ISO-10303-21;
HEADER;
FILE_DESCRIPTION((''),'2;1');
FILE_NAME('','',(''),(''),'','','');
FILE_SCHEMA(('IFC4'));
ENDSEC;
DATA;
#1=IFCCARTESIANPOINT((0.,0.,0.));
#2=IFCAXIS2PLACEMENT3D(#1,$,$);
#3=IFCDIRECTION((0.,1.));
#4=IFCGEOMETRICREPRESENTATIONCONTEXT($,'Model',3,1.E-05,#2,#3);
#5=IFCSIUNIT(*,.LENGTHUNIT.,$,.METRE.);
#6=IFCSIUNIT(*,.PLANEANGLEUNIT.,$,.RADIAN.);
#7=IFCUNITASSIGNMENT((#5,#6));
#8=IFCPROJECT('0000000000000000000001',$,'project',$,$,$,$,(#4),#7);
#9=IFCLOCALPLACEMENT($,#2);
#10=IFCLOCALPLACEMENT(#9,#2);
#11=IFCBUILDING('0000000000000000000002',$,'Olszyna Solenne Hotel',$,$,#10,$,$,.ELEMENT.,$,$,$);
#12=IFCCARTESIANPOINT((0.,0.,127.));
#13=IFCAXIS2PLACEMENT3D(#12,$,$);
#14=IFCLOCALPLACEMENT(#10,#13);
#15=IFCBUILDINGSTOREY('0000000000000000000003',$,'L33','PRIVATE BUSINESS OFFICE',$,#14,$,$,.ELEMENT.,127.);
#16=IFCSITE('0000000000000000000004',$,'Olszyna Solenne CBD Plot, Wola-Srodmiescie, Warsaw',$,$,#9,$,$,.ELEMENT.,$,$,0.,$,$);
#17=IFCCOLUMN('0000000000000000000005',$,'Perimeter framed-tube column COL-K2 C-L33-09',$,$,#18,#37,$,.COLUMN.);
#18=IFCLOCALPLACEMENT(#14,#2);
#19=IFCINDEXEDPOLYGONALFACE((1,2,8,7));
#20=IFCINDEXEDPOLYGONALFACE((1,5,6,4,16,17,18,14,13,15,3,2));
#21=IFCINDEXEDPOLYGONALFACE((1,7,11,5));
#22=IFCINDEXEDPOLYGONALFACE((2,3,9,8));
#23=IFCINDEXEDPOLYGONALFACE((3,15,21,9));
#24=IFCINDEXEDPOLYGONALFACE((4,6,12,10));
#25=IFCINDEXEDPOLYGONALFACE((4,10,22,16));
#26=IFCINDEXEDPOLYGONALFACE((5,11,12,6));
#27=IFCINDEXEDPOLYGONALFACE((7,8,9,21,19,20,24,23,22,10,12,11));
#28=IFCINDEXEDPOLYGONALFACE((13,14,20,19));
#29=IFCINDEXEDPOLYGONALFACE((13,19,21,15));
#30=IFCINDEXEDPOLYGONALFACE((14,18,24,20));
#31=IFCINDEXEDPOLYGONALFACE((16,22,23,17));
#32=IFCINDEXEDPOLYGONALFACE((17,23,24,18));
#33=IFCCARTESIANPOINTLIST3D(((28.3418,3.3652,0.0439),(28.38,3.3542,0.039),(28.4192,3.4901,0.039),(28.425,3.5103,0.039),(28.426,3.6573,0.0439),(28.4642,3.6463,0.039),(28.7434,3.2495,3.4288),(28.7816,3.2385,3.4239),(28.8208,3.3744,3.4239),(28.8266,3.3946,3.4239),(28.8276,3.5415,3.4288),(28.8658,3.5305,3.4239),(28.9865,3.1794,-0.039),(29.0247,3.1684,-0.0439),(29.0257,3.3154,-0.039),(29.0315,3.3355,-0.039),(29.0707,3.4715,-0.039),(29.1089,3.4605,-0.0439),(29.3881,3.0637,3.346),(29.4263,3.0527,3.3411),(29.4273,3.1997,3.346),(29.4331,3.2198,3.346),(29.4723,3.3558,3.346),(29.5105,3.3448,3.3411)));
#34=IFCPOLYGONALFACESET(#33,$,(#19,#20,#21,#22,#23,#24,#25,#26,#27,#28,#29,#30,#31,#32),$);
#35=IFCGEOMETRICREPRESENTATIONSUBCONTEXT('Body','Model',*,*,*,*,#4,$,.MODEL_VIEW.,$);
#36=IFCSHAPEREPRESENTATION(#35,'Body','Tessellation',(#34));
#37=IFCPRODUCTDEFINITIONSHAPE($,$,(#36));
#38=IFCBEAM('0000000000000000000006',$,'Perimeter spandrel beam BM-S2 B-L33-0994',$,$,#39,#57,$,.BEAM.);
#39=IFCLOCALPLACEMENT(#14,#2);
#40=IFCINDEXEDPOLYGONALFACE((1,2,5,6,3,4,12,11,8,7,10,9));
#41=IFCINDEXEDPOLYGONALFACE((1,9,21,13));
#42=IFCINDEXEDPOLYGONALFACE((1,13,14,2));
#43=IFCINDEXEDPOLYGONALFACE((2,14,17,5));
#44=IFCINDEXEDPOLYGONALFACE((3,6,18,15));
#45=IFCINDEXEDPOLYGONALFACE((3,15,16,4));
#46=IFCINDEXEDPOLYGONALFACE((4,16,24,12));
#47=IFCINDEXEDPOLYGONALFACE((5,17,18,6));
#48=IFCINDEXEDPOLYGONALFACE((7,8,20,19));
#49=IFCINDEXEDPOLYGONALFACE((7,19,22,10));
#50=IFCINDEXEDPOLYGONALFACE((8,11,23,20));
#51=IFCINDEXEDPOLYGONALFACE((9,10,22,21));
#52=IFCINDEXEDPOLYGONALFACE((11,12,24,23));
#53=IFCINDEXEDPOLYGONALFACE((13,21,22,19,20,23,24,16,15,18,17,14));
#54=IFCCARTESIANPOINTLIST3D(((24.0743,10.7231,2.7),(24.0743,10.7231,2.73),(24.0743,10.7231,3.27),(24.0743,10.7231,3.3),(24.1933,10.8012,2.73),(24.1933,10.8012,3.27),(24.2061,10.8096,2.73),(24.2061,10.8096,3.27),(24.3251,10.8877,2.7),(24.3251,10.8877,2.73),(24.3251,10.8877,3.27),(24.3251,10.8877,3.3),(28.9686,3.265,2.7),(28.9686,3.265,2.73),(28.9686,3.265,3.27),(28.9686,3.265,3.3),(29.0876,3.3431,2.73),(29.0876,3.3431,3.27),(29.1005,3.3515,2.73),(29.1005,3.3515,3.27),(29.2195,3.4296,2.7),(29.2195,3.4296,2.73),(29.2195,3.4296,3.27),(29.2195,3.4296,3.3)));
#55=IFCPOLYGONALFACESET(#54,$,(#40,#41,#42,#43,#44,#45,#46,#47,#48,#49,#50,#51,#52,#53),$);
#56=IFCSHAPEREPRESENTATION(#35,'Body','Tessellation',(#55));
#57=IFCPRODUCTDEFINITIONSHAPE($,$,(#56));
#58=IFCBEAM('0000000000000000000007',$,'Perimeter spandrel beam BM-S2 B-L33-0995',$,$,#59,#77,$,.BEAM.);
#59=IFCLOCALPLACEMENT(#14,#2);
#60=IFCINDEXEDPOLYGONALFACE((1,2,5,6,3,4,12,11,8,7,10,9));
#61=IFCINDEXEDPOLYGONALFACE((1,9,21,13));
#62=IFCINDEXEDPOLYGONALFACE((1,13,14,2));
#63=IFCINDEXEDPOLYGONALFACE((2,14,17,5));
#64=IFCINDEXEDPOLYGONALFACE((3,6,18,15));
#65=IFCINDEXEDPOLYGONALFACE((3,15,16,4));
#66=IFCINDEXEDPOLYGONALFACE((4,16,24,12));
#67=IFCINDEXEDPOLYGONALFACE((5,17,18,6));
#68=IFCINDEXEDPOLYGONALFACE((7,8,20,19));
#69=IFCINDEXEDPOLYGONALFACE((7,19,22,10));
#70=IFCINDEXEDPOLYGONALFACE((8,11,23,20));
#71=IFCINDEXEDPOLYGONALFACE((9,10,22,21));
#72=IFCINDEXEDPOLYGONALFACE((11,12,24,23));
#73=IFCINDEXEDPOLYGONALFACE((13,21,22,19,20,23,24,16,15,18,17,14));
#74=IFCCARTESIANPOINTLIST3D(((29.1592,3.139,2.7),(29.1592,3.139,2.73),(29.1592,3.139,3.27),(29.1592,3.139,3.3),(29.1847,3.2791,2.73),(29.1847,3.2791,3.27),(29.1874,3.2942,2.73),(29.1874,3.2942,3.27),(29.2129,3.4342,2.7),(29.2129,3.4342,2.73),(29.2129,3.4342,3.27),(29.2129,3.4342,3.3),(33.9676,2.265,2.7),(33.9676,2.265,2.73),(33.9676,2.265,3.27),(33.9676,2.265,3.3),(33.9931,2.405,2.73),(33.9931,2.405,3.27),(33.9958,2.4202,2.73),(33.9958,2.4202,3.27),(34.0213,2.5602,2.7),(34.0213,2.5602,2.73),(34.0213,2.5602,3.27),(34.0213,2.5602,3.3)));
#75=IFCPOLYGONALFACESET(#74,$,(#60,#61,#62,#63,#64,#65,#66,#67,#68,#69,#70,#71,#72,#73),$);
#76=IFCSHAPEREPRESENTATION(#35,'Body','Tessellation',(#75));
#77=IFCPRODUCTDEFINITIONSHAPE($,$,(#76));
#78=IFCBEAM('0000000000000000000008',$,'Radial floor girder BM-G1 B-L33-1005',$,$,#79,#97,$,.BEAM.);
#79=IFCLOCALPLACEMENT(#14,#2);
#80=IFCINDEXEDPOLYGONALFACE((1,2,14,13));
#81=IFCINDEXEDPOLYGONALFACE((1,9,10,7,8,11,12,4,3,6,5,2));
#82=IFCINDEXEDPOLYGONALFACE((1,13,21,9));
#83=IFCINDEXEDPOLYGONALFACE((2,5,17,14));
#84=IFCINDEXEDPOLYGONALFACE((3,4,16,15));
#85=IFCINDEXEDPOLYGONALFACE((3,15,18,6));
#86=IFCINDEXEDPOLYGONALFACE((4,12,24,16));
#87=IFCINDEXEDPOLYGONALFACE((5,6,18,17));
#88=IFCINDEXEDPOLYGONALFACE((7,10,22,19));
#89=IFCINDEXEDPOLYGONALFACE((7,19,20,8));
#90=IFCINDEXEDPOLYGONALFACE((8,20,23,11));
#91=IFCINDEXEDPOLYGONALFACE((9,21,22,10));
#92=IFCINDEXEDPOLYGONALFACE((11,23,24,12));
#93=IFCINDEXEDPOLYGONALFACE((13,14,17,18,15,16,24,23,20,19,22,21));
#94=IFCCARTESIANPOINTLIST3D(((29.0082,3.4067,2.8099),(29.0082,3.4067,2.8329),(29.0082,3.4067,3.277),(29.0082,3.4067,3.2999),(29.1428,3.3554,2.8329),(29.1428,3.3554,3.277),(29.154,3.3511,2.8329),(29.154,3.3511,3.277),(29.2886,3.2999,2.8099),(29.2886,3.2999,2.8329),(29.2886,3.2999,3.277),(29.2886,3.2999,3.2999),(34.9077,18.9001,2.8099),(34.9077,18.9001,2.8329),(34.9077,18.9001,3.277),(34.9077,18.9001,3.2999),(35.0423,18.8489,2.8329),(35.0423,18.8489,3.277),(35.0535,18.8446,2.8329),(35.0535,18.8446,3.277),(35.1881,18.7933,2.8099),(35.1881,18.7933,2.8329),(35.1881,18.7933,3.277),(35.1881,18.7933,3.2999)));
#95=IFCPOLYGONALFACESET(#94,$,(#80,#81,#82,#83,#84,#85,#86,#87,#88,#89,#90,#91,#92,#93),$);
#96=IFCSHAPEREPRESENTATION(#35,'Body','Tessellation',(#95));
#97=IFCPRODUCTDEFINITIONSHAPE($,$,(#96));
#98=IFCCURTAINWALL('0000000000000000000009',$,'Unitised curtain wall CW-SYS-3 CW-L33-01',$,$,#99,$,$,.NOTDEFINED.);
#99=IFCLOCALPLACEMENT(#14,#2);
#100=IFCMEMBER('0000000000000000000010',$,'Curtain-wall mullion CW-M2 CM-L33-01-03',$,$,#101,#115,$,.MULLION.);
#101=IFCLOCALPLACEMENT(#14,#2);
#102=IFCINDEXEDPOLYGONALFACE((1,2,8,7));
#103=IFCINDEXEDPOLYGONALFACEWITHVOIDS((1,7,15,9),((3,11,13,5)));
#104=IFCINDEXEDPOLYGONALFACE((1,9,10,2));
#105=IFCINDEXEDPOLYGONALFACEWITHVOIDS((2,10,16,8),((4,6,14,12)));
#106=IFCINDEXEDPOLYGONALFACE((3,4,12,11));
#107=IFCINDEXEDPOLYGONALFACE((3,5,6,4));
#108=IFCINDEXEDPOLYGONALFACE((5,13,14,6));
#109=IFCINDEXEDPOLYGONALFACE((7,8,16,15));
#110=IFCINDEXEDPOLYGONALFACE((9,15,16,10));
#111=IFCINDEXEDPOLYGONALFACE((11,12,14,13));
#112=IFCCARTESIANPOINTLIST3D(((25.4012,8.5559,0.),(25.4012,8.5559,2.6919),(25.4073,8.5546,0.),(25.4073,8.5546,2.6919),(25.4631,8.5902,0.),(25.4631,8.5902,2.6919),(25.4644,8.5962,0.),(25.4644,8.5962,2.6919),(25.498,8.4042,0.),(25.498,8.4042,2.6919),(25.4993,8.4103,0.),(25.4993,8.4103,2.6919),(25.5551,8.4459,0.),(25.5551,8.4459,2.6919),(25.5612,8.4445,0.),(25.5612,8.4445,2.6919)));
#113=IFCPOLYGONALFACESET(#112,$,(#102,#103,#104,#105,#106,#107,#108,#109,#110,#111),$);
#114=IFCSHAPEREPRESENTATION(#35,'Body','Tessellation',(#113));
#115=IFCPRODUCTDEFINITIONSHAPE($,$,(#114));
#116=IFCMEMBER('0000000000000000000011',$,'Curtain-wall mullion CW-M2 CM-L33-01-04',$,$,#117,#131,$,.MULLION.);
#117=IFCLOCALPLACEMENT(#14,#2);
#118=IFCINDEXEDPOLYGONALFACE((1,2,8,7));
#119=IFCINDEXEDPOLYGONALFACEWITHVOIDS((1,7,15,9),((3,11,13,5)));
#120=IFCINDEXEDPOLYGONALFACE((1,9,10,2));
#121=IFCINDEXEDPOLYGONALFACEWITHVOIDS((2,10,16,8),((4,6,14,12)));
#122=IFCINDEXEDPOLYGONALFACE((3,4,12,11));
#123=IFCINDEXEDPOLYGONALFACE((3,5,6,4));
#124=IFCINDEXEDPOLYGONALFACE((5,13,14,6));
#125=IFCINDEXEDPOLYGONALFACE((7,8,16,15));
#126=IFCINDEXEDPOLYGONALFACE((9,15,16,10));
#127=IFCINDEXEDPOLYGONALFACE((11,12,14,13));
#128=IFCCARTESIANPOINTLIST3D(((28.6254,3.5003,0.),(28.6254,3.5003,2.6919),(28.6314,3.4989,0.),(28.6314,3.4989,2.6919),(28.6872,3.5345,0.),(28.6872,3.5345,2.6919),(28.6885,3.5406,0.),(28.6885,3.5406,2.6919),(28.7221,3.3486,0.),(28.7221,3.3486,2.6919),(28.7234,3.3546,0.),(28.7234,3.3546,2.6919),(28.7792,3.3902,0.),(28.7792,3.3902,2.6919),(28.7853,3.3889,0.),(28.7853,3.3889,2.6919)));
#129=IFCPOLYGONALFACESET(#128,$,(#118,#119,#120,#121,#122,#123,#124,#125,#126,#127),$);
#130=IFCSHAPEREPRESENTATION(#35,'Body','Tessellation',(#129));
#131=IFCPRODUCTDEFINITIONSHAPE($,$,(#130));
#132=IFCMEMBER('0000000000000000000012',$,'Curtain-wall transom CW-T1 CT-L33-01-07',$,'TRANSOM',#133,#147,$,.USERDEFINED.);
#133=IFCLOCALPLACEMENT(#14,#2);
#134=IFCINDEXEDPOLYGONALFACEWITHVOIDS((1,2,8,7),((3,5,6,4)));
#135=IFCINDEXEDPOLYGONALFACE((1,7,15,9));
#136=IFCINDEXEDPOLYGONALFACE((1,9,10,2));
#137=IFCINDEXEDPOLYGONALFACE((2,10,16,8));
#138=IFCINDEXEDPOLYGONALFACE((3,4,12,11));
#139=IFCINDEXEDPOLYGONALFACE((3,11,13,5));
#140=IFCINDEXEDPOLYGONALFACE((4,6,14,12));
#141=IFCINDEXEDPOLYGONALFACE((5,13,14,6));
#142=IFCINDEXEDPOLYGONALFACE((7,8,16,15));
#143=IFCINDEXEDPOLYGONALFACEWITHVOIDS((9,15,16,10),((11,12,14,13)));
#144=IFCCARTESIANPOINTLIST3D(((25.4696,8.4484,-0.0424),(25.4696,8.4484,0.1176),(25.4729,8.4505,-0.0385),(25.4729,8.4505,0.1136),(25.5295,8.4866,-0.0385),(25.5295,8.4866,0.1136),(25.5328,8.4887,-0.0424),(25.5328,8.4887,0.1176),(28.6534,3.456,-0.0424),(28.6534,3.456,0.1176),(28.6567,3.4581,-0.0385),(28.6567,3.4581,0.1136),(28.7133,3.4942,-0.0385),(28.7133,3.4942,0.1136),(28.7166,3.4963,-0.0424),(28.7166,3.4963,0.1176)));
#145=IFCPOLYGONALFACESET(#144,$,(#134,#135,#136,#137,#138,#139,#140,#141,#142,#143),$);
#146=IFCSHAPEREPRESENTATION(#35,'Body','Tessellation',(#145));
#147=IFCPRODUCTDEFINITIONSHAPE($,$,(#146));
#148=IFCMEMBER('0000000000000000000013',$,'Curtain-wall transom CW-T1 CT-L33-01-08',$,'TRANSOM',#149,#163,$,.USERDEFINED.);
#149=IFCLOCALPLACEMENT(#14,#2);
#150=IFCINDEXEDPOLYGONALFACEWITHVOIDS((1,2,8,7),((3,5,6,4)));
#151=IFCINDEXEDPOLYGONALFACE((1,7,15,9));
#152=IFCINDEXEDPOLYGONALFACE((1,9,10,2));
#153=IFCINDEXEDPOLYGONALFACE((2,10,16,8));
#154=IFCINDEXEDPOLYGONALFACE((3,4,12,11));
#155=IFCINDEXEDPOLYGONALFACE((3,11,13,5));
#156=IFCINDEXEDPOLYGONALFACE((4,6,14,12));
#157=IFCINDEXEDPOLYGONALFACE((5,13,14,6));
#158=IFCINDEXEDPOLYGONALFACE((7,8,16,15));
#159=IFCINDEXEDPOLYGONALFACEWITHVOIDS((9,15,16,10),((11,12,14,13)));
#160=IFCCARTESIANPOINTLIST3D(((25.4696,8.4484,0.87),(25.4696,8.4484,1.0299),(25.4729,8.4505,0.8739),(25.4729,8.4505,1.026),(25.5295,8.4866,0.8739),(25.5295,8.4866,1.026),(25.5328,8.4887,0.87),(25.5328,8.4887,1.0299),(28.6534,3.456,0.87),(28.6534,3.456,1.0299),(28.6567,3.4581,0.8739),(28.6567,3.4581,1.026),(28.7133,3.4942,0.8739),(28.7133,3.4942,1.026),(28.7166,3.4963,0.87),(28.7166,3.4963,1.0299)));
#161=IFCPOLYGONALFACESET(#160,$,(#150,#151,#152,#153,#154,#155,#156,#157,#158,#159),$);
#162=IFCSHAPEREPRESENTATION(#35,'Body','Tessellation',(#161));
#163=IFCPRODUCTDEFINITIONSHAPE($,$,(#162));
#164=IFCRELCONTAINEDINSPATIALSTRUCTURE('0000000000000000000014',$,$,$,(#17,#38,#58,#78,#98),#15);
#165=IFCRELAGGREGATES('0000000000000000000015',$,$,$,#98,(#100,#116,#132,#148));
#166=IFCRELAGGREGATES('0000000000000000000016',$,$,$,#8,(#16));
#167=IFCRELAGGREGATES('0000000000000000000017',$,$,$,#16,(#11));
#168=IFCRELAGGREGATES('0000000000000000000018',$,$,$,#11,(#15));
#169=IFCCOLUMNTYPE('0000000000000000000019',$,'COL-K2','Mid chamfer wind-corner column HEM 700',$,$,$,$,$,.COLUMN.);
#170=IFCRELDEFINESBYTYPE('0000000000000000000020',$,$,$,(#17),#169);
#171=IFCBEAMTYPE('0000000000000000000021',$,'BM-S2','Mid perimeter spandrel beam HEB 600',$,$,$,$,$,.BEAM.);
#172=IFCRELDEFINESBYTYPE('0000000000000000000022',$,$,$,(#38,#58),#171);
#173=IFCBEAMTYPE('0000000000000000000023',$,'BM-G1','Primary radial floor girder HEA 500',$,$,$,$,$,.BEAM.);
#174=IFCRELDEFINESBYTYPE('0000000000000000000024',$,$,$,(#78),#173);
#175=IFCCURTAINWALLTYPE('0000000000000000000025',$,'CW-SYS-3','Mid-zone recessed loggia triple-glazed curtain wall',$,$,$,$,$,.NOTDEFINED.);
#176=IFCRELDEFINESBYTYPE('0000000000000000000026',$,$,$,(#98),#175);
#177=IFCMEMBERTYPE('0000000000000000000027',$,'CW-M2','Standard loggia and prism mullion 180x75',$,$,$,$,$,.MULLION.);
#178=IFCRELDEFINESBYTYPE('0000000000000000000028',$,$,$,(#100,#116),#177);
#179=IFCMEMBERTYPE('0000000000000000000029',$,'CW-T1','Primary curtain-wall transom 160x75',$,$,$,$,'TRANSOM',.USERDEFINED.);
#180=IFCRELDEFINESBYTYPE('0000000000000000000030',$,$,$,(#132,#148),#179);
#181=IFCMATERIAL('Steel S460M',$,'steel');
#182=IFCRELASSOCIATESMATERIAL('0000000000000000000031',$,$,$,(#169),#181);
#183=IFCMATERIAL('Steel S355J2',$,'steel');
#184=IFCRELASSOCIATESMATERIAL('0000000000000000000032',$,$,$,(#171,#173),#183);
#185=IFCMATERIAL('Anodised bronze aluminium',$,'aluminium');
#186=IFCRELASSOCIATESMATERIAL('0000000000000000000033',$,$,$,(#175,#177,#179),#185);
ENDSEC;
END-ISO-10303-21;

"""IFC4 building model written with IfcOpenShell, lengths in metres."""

from ifc_helpers import new_model, si_unit, direction, frame, origin, origin_2d, place, context, subcontext, project, spatial, hollow_rectangle, i_section, extrude, source, transform, mapped, material, material_profile, profile_set, type_object, element, aggregate, save


model = new_model("IFC4")

# Units and contexts
model_context = context("Model", 3, precision=1e-05, world=origin(), true_north=direction((0.0, 1.0)))
body_context = subcontext(model_context, "Body", "Model", "MODEL_VIEW")
ifc_project = project(units=[si_unit("LENGTHUNIT", "METRE"), si_unit("PLANEANGLEUNIT", "RADIAN")], contexts=[model_context])

# Site, building, storey
site_placement = place(None, origin())
site = spatial("IfcSite", under=ifc_project, at=site_placement, Name="Olszyna Solenne CBD Plot, Wola-Srodmiescie, Warsaw", CompositionType="ELEMENT", RefElevation=0.0)
building_placement = place(site_placement, origin())
building = spatial("IfcBuilding", under=site, at=building_placement, Name="Olszyna Solenne Hotel", CompositionType="ELEMENT")
storey_placement = place(building_placement, frame((0.0, 0.0, 127.0)))
storey = spatial("IfcBuildingStorey", under=building, at=storey_placement, Name="L33", Description="PRIVATE BUSINESS OFFICE", CompositionType="ELEMENT", Elevation=127.0)

# Column
ifc_material_1 = material(Name="Steel S460M", Category="steel")
ifc_material_profile_1 = material_profile(ifc_material_1, i_section(OverallWidth=0.304, OverallDepth=0.7161, WebThickness=0.021, FlangeThickness=0.04, at=origin_2d()), Name="HEM 700", Category="load-bearing")
ifc_profile_set_1 = profile_set([ifc_material_profile_1], Name="Steel S460M")
column_type = type_object("IfcColumnType", Name="COL-K2", Description="Mid chamfer wind-corner column HEM 700", PredefinedType="COLUMN", material=ifc_profile_set_1)
shared_shape_1 = source(origin(), body_context, "Body", "SweptSolid", [
    extrude(i_section(OverallWidth=0.304, OverallDepth=0.7161, WebThickness=0.021, FlangeThickness=0.04, at=origin_2d()), origin(), (0.0, 0.0, 1.0), 3.4106),
])
column_placement = place(storey_placement, frame((28.7253, 3.4128, 0.0), z_axis=(0.11775, -0.033929, 0.992463), x_axis=(0.276881, 0.960904, 0.0)))
element("IfcColumn", 1, at=column_placement, inside=storey, type_object=column_type, Name="Perimeter framed-tube column COL-K2 C-L33-09", PredefinedType="COLUMN", context=body_context, shape_type="MappedRepresentation", body=[
    mapped(shared_shape_1, transform((0.0, 0.0, 0.0), x_axis=(1.0, 0.0, 0.0), y_axis=(0.0, 1.0, 0.0), z_axis=(0.0, 0.0, 1.0), scale=1.0)),
])

# Beams
ifc_material_2 = material(Name="Steel S355J2", Category="steel")
ifc_material_profile_2 = material_profile(ifc_material_2, i_section(OverallWidth=0.3, OverallDepth=0.6001, WebThickness=0.0154, FlangeThickness=0.03, at=origin_2d()), Name="HEB 600", Category="load-bearing")
ifc_profile_set_2 = profile_set([ifc_material_profile_2], Name="Steel S355J2")
beam_type_1 = type_object("IfcBeamType", Name="BM-S2", Description="Mid perimeter spandrel beam HEB 600", PredefinedType="BEAM", material=ifc_profile_set_2)
shared_shape_2 = source(origin(), body_context, "Body", "SweptSolid", [
    extrude(i_section(OverallWidth=0.3, OverallDepth=0.6001, WebThickness=0.0154, FlangeThickness=0.03, at=origin_2d()), origin(), (0.0, 0.0, 1.0), 8.9207),
])
beam_1_placement = place(storey_placement, frame((24.1997, 10.8054, 3.0), z_axis=(0.548654, -0.836049, 0.0), x_axis=(0.836049, 0.548654, 0.0)))
element("IfcBeam", 2, at=beam_1_placement, inside=storey, type_object=beam_type_1, Name="Perimeter spandrel beam BM-S2 B-L33-0994", PredefinedType="BEAM", context=body_context, shape_type="MappedRepresentation", body=[
    mapped(shared_shape_2, transform((0.0, 0.0, 0.0), x_axis=(1.0, 0.0, 0.0), y_axis=(0.0, 1.0, 0.0), z_axis=(0.0, 0.0, 1.0), scale=1.0)),
])
shared_shape_3 = source(origin(), body_context, "Body", "SweptSolid", [
    extrude(i_section(OverallWidth=0.3, OverallDepth=0.6001, WebThickness=0.0154, FlangeThickness=0.03, at=origin_2d()), origin(), (0.0, 0.0, 1.0), 4.8872),
])
beam_2_placement = place(storey_placement, frame((29.186, 3.2866, 3.0), z_axis=(0.983878, -0.178841, 0.0), x_axis=(0.178841, 0.983878, 0.0)))
element("IfcBeam", 3, at=beam_2_placement, inside=storey, type_object=beam_type_1, Name="Perimeter spandrel beam BM-S2 B-L33-0995", PredefinedType="BEAM", context=body_context, shape_type="MappedRepresentation", body=[
    mapped(shared_shape_3, transform((0.0, 0.0, 0.0), x_axis=(1.0, 0.0, 0.0), y_axis=(0.0, 1.0, 0.0), z_axis=(0.0, 0.0, 1.0), scale=1.0)),
])
ifc_material_profile_3 = material_profile(ifc_material_2, i_section(OverallWidth=0.3, OverallDepth=0.49, WebThickness=0.012, FlangeThickness=0.0229, at=origin_2d()), Name="HEA 500", Category="load-bearing")
ifc_profile_set_3 = profile_set([ifc_material_profile_3], Name="Steel S355J2")
beam_type_2 = type_object("IfcBeamType", Name="BM-G1", Description="Primary radial floor girder HEA 500", PredefinedType="BEAM", material=ifc_profile_set_3)
shared_shape_4 = source(origin(), body_context, "Body", "SweptSolid", [
    extrude(i_section(OverallWidth=0.3, OverallDepth=0.49, WebThickness=0.012, FlangeThickness=0.0229, at=origin_2d()), origin(), (0.0, 0.0, 1.0), 16.5786),
])
beam_3_placement = place(storey_placement, frame((29.1484, 3.3533, 3.0549), z_axis=(0.355846, 0.934545, 0.0), x_axis=(-0.934545, 0.355846, 0.0)))
element("IfcBeam", 4, at=beam_3_placement, inside=storey, type_object=beam_type_2, Name="Radial floor girder BM-G1 B-L33-1005", PredefinedType="BEAM", context=body_context, shape_type="MappedRepresentation", body=[
    mapped(shared_shape_4, transform((0.0, 0.0, 0.0), x_axis=(1.0, 0.0, 0.0), y_axis=(0.0, 1.0, 0.0), z_axis=(0.0, 0.0, 1.0), scale=1.0)),
])

# Curtain wall, members
ifc_material_3 = material(Name="Anodised bronze aluminium", Category="aluminium")
curtain_wall_type = type_object("IfcCurtainWallType", Name="CW-SYS-3", Description="Mid-zone recessed loggia triple-glazed curtain wall", PredefinedType="NOTDEFINED", material=ifc_material_3)
curtain_wall_placement = place(storey_placement, origin())
curtain_wall = element("IfcCurtainWall", 5, at=curtain_wall_placement, inside=storey, type_object=curtain_wall_type, Name="Unitised curtain wall CW-SYS-3 CW-L33-01", PredefinedType="NOTDEFINED")
ifc_material_profile_4 = material_profile(ifc_material_3, hollow_rectangle(XDim=0.075, YDim=0.1799, WallThickness=0.0044, at=origin_2d()), Name="MULL 180x75x4.5", Category="load-bearing")
ifc_profile_set_4 = profile_set([ifc_material_profile_4], Name="Anodised bronze aluminium")
member_type_1 = type_object("IfcMemberType", Name="CW-M2", Description="Standard loggia and prism mullion 180x75", PredefinedType="MULLION", material=ifc_profile_set_4)
shared_shape_5 = source(origin(), body_context, "Body", "SweptSolid", [
    extrude(hollow_rectangle(XDim=0.075, YDim=0.1799, WallThickness=0.0044, at=origin_2d()), origin(), (0.0, 0.0, 1.0), 2.6919),
])
member_1_placement = place(storey_placement, frame((25.4812, 8.5002, 0.0), z_axis=(0.0, 0.0, 1.0), x_axis=(0.843144, 0.537687, 0.0)))
member_1 = element("IfcMember", 6, at=member_1_placement, type_object=member_type_1, Name="Curtain-wall mullion CW-M2 CM-L33-01-03", PredefinedType="MULLION", context=body_context, shape_type="MappedRepresentation", body=[
    mapped(shared_shape_5, transform((0.0, 0.0, 0.0), x_axis=(1.0, 0.0, 0.0), y_axis=(0.0, 1.0, 0.0), z_axis=(0.0, 0.0, 1.0), scale=1.0)),
])
member_2_placement = place(storey_placement, frame((28.7053, 3.4446, 0.0), z_axis=(0.0, 0.0, 1.0), x_axis=(0.843144, 0.537687, 0.0)))
member_2 = element("IfcMember", 7, at=member_2_placement, type_object=member_type_1, Name="Curtain-wall mullion CW-M2 CM-L33-01-04", PredefinedType="MULLION", context=body_context, shape_type="MappedRepresentation", body=[
    mapped(shared_shape_5, transform((0.0, 0.0, 0.0), x_axis=(1.0, 0.0, 0.0), y_axis=(0.0, 1.0, 0.0), z_axis=(0.0, 0.0, 1.0), scale=1.0)),
])
ifc_material_profile_5 = material_profile(ifc_material_3, hollow_rectangle(XDim=0.075, YDim=0.1599, WallThickness=0.0039, at=origin_2d()), Name="TRAN 160x75x4", Category="load-bearing")
ifc_profile_set_5 = profile_set([ifc_material_profile_5], Name="Anodised bronze aluminium")
member_type_2 = type_object("IfcMemberType", Name="CW-T1", Description="Primary curtain-wall transom 160x75", ElementType="TRANSOM", PredefinedType="USERDEFINED", material=ifc_profile_set_5)
shared_shape_6 = source(origin(), body_context, "Body", "SweptSolid", [
    extrude(hollow_rectangle(XDim=0.075, YDim=0.1599, WallThickness=0.0039, at=origin_2d()), origin(), (0.0, 0.0, 1.0), 5.9211),
])
member_3_placement = place(storey_placement, frame((25.5012, 8.4685, 0.0376), z_axis=(0.537697, -0.843138, 0.0), x_axis=(0.843138, 0.537697, 0.0)))
member_3 = element("IfcMember", 8, at=member_3_placement, type_object=member_type_2, Name="Curtain-wall transom CW-T1 CT-L33-01-07", ObjectType="TRANSOM", PredefinedType="USERDEFINED", context=body_context, shape_type="MappedRepresentation", body=[
    mapped(shared_shape_6, transform((0.0, 0.0, 0.0), x_axis=(1.0, 0.0, 0.0), y_axis=(0.0, 1.0, 0.0), z_axis=(0.0, 0.0, 1.0), scale=1.0)),
])
member_4_placement = place(storey_placement, frame((25.5012, 8.4685, 0.95), z_axis=(0.537697, -0.843138, 0.0), x_axis=(0.843138, 0.537697, 0.0)))
member_4 = element("IfcMember", 9, at=member_4_placement, type_object=member_type_2, Name="Curtain-wall transom CW-T1 CT-L33-01-08", ObjectType="TRANSOM", PredefinedType="USERDEFINED", context=body_context, shape_type="MappedRepresentation", body=[
    mapped(shared_shape_6, transform((0.0, 0.0, 0.0), x_axis=(1.0, 0.0, 0.0), y_axis=(0.0, 1.0, 0.0), z_axis=(0.0, 0.0, 1.0), scale=1.0)),
])

aggregate(curtain_wall, [member_1, member_2, member_3, member_4])

save(model, "model.ifc")
